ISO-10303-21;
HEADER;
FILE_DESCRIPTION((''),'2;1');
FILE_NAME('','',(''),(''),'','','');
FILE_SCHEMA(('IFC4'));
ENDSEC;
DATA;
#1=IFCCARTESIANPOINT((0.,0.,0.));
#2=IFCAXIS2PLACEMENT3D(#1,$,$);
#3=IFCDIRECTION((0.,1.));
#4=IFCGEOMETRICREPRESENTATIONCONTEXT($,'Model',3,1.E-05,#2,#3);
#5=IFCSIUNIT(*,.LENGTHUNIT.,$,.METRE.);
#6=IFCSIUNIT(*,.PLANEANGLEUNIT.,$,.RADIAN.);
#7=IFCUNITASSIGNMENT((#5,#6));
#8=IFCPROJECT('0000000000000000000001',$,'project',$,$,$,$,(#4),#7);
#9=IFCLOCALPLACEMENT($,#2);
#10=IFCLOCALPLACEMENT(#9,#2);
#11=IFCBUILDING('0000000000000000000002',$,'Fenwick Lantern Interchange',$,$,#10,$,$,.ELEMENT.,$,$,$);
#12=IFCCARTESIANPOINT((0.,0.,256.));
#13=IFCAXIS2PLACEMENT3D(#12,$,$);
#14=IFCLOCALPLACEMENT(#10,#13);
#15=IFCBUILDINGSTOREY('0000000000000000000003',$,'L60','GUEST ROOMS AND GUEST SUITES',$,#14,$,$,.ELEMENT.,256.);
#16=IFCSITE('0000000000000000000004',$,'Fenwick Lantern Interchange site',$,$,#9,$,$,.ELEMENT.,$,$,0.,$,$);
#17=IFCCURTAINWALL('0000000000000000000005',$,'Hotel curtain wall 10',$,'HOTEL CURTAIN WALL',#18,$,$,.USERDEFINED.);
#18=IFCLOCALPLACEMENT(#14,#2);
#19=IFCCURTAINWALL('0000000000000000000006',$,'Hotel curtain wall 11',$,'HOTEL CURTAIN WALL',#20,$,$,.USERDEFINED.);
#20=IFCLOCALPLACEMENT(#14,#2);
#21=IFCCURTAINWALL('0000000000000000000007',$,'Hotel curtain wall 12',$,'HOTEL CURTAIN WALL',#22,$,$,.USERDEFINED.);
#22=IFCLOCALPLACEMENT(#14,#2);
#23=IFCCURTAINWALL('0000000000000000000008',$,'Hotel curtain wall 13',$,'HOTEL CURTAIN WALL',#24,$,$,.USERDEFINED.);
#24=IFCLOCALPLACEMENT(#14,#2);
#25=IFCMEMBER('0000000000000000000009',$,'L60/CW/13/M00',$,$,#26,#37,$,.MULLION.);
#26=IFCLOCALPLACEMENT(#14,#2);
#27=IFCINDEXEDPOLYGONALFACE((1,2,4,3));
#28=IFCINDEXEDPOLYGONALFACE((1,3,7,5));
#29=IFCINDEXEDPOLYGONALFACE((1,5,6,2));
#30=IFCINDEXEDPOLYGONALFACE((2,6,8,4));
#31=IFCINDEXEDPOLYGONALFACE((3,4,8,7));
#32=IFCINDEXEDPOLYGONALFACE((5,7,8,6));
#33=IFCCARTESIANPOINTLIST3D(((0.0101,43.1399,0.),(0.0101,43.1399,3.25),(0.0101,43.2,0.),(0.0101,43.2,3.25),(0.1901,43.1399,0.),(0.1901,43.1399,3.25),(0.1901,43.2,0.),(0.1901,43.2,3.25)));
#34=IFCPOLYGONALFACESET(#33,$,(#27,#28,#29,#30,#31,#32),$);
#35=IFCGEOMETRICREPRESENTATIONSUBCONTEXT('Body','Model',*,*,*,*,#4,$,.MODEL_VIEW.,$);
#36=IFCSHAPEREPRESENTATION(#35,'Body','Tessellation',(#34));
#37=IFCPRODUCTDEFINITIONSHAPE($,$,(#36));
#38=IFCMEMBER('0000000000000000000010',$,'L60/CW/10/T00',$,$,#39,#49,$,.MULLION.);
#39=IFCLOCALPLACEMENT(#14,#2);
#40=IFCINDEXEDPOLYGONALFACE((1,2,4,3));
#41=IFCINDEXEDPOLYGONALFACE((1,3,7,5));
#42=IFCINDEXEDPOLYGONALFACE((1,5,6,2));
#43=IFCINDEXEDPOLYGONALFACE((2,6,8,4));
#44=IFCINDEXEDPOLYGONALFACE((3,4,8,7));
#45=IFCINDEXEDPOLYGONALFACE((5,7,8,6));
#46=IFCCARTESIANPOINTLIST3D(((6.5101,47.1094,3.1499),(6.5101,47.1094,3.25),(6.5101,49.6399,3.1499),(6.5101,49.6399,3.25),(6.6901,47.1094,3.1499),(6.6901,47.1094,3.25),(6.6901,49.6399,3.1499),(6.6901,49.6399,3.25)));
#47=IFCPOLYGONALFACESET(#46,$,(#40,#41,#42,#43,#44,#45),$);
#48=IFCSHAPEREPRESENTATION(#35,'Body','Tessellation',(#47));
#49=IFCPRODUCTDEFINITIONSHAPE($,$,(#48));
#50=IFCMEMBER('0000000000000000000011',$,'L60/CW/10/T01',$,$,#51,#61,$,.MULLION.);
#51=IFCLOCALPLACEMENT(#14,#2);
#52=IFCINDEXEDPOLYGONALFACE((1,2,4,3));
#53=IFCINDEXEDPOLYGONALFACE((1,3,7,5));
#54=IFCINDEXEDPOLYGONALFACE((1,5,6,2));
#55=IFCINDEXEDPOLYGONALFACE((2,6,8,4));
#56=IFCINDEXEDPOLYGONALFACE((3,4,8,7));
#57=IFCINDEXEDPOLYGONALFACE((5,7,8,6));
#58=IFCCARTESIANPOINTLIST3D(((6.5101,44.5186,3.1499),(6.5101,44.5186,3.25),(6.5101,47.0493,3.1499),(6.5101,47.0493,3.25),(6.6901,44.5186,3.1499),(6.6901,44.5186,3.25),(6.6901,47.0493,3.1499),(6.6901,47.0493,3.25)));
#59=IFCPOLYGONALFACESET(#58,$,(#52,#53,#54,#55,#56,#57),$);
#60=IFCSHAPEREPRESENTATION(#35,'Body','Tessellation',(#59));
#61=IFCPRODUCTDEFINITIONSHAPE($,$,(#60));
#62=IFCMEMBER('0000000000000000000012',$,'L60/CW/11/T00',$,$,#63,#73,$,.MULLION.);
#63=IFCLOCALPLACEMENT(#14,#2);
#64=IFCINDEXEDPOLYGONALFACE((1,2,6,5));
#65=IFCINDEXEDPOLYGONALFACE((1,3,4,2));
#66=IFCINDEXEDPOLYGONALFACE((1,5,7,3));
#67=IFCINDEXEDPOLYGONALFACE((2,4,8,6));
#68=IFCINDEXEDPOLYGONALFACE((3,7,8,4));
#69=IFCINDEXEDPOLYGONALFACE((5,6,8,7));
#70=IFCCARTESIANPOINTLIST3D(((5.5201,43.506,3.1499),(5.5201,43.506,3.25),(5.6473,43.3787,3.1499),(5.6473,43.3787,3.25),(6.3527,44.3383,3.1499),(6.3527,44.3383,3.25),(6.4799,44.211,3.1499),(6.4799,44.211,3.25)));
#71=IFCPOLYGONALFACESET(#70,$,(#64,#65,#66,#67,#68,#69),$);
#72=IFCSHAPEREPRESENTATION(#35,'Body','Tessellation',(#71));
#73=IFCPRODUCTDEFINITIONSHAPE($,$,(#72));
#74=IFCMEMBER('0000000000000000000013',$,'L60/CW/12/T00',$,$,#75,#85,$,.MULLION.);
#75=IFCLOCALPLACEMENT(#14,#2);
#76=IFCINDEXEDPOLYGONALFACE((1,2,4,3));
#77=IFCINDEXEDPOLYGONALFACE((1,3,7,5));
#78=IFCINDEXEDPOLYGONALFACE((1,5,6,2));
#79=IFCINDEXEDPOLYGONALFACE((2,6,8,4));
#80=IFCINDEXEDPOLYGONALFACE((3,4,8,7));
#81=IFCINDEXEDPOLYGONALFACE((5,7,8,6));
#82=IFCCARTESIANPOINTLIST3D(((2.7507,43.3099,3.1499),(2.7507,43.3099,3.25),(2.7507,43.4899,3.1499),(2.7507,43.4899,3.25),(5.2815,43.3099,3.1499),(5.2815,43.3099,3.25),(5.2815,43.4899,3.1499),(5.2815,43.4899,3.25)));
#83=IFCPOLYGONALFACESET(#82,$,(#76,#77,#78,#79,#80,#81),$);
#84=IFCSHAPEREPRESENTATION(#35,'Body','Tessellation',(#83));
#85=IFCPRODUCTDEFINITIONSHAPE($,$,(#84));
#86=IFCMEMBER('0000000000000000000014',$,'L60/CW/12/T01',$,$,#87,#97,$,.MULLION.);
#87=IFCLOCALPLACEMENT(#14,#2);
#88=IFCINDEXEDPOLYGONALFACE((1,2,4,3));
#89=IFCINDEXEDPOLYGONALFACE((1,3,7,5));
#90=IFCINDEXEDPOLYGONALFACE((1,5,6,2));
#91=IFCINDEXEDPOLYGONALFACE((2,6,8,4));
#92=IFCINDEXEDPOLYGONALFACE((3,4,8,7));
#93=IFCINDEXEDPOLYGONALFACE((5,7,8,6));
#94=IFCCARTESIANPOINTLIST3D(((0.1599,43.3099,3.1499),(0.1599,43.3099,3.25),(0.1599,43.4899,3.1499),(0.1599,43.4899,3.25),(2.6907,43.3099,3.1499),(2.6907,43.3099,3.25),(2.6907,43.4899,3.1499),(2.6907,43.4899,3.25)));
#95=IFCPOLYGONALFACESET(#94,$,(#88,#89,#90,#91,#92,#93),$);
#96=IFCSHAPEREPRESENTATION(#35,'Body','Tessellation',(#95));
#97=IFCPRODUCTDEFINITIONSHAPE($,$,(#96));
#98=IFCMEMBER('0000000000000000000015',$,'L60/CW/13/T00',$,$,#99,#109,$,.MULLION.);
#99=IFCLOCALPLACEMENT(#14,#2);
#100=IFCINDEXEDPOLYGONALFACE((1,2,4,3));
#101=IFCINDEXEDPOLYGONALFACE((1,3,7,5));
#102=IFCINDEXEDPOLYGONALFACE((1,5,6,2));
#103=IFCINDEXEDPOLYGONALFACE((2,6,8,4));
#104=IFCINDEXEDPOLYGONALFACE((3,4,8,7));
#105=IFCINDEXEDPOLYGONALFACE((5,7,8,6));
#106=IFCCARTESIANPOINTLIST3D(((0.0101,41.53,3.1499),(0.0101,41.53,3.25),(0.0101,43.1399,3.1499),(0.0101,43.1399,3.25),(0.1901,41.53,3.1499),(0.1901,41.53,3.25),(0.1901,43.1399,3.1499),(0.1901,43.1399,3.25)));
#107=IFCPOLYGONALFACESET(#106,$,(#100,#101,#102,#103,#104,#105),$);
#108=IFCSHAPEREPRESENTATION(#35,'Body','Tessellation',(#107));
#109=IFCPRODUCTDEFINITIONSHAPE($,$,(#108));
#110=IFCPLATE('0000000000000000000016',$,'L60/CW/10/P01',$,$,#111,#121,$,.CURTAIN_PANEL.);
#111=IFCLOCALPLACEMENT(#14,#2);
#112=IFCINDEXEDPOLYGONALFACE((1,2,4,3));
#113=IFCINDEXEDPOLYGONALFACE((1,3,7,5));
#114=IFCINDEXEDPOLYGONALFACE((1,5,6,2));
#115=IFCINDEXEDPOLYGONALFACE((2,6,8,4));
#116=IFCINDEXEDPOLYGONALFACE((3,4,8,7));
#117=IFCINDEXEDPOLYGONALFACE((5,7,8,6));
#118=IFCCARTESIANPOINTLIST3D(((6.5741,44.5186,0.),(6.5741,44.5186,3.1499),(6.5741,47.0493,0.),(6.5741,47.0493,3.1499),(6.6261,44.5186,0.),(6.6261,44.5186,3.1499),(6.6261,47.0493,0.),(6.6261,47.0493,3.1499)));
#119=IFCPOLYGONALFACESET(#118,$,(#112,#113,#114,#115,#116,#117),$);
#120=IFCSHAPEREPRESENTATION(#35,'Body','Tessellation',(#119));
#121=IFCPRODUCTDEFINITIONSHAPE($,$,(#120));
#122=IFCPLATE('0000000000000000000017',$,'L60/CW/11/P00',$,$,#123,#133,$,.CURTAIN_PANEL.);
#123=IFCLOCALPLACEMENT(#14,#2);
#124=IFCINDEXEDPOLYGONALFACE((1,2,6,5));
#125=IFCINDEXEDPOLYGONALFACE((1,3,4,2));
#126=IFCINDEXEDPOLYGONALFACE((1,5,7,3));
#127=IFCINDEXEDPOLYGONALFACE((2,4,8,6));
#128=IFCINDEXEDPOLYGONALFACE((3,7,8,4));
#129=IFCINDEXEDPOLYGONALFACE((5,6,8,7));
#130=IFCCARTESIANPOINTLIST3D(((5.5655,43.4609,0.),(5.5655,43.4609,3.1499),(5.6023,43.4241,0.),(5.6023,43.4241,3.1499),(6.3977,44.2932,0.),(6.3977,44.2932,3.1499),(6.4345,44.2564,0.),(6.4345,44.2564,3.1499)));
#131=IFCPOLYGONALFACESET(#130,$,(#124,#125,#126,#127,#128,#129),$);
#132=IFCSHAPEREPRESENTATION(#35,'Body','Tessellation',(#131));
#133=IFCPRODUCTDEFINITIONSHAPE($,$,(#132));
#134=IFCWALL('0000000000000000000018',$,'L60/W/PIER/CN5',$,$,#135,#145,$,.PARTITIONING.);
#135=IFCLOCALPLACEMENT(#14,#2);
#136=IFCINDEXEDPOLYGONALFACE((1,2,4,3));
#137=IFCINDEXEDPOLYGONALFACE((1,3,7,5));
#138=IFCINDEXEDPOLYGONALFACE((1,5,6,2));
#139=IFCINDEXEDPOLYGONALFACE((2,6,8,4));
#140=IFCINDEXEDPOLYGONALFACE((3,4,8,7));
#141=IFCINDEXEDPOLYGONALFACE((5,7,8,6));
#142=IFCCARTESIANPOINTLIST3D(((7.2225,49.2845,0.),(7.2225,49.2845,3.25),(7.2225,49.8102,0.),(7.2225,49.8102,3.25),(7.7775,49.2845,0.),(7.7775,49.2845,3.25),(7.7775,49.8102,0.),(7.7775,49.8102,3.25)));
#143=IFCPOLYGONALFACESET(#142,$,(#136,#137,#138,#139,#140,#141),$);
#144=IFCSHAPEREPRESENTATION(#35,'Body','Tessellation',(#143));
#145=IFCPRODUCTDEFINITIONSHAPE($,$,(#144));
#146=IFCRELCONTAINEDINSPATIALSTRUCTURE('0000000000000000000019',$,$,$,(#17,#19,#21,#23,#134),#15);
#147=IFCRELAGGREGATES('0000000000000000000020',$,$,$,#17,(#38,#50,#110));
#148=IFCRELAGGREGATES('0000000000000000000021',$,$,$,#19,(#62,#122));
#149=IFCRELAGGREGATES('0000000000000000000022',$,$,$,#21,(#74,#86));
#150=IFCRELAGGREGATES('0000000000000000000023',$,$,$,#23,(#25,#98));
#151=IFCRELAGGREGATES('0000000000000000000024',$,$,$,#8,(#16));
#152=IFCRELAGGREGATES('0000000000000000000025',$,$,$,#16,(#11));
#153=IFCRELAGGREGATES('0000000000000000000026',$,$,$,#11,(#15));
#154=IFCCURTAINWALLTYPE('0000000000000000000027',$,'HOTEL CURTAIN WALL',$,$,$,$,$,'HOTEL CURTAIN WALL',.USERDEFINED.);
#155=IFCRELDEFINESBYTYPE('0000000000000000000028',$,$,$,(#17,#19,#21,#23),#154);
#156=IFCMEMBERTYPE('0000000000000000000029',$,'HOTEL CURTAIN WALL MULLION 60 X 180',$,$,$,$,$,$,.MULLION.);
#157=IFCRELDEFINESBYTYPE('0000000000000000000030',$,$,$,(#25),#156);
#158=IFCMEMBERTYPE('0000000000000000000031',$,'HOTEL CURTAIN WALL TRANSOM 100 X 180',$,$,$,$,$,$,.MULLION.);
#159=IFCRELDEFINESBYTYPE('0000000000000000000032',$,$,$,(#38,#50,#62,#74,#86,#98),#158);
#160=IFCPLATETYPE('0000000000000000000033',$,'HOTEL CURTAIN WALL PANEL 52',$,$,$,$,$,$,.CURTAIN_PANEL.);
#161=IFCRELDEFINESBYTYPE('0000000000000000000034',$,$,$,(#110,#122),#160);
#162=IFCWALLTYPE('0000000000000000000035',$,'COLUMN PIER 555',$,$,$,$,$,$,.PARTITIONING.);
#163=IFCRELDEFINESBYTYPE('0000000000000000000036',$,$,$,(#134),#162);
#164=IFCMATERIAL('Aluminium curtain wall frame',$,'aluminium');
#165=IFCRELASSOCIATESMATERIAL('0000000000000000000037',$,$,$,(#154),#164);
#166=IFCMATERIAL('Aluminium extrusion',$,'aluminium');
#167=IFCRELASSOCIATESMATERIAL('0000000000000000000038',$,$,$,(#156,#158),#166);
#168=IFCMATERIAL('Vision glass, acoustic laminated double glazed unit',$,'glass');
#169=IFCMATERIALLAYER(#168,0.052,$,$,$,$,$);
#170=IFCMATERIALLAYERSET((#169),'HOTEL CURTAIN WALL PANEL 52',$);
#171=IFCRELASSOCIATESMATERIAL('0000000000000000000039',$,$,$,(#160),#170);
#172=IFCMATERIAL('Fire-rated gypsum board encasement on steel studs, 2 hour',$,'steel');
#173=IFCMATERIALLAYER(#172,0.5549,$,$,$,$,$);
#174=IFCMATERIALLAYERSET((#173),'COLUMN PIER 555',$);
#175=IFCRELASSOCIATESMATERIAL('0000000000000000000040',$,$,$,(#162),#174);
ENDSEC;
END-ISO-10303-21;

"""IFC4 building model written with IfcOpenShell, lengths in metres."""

from ifc_helpers import new_model, si_unit, direction, frame, frame_2d, origin, origin_2d, place, context, subcontext, project, spatial, rectangle, extrude, material, layer, layer_set, material_profile, profile_set, type_object, element, aggregate, save


model = new_model("IFC4")

# Units and contexts
model_context = context("Model", 3, precision=1e-05, world=origin(), true_north=direction((0.0, 1.0)))
body_context = subcontext(model_context, "Body", "Model", "MODEL_VIEW")
ifc_project = project(units=[si_unit("LENGTHUNIT", "METRE"), si_unit("PLANEANGLEUNIT", "RADIAN")], contexts=[model_context])

# Site, building, storey
site_placement = place(None, origin())
site = spatial("IfcSite", under=ifc_project, at=site_placement, Name="Fenwick Lantern Interchange site", CompositionType="ELEMENT", RefElevation=0.0)
building_placement = place(site_placement, origin())
building = spatial("IfcBuilding", under=site, at=building_placement, Name="Fenwick Lantern Interchange", CompositionType="ELEMENT")
storey_placement = place(building_placement, frame((0.0, 0.0, 256.0)))
storey = spatial("IfcBuildingStorey", under=building, at=storey_placement, Name="L60", Description="GUEST ROOMS AND GUEST SUITES", CompositionType="ELEMENT", Elevation=256.0)

# Shared definitions
ifc_material_1 = material(Name="Aluminium curtain wall frame", Category="aluminium")
curtain_wall_type = type_object("IfcCurtainWallType", Name="HOTEL CURTAIN WALL", ElementType="HOTEL CURTAIN WALL", PredefinedType="USERDEFINED", material=ifc_material_1)
ifc_material_2 = material(Name="Aluminium extrusion", Category="aluminium")
ifc_material_profile_1 = material_profile(ifc_material_2, rectangle(XDim=0.1799, YDim=0.0601, at=origin_2d()), Name="HOTEL CURTAIN WALL MULLION 60 X 180")
ifc_profile_set_1 = profile_set([ifc_material_profile_1], Name="Aluminium extrusion")
member_type_1 = type_object("IfcMemberType", Name="HOTEL CURTAIN WALL MULLION 60 X 180", PredefinedType="MULLION", material=ifc_profile_set_1)

# Curtain walls
curtain_wall_1_placement = place(storey_placement, origin())
curtain_wall_1 = element("IfcCurtainWall", 1, at=curtain_wall_1_placement, inside=storey, type_object=curtain_wall_type, Name="Hotel curtain wall 10", ObjectType="HOTEL CURTAIN WALL", PredefinedType="USERDEFINED")
curtain_wall_2_placement = place(storey_placement, origin())
curtain_wall_2 = element("IfcCurtainWall", 2, at=curtain_wall_2_placement, inside=storey, type_object=curtain_wall_type, Name="Hotel curtain wall 11", ObjectType="HOTEL CURTAIN WALL", PredefinedType="USERDEFINED")
curtain_wall_3_placement = place(storey_placement, origin())
curtain_wall_3 = element("IfcCurtainWall", 3, at=curtain_wall_3_placement, inside=storey, type_object=curtain_wall_type, Name="Hotel curtain wall 12", ObjectType="HOTEL CURTAIN WALL", PredefinedType="USERDEFINED")

# Curtain wall, member
curtain_wall_4_placement = place(storey_placement, origin())
curtain_wall_4 = element("IfcCurtainWall", 4, at=curtain_wall_4_placement, inside=storey, type_object=curtain_wall_type, Name="Hotel curtain wall 13", ObjectType="HOTEL CURTAIN WALL", PredefinedType="USERDEFINED")
member_1_placement = place(storey_placement, frame((0.1001, 43.1699, 0.0), z_axis=(0.0, 0.0, 1.0), x_axis=(1.0, 0.0, 0.0)))
member_1 = element("IfcMember", 5, at=member_1_placement, type_object=member_type_1, Name="L60/CW/13/M00", PredefinedType="MULLION", context=body_context, shape_type="SweptSolid", body=[
    extrude(rectangle(XDim=0.1799, YDim=0.0601, at=origin_2d()), origin(), (0.0, 0.0, 1.0), 3.25),
])

# Members
ifc_material_profile_2 = material_profile(ifc_material_2, rectangle(XDim=0.1799, YDim=0.1001, at=origin_2d()), Name="HOTEL CURTAIN WALL TRANSOM 100 X 180")
ifc_profile_set_2 = profile_set([ifc_material_profile_2], Name="Aluminium extrusion")
member_type_2 = type_object("IfcMemberType", Name="HOTEL CURTAIN WALL TRANSOM 100 X 180", PredefinedType="MULLION", material=ifc_profile_set_2)
member_2_placement = place(storey_placement, frame((6.6001, 49.6399, 3.2), z_axis=(0.0, -1.0, 0.0), x_axis=(1.0, 0.0, 0.0)))
member_2 = element("IfcMember", 6, at=member_2_placement, type_object=member_type_2, Name="L60/CW/10/T00", PredefinedType="MULLION", context=body_context, shape_type="SweptSolid", body=[
    extrude(rectangle(XDim=0.1799, YDim=0.1001, at=origin_2d()), origin(), (0.0, 0.0, 1.0), 2.5305),
])
member_3_placement = place(storey_placement, frame((6.6001, 47.0493, 3.2), z_axis=(0.0, -1.0, 0.0), x_axis=(1.0, 0.0, 0.0)))
member_3 = element("IfcMember", 7, at=member_3_placement, type_object=member_type_2, Name="L60/CW/10/T01", PredefinedType="MULLION", context=body_context, shape_type="SweptSolid", body=[
    extrude(rectangle(XDim=0.1799, YDim=0.1001, at=origin_2d()), origin(), (0.0, 0.0, 1.0), 2.5308),
])
member_4_placement = place(storey_placement, frame((6.4163, 44.2747, 3.2), z_axis=(-0.70721, -0.707003, 0.0), x_axis=(0.707003, -0.70721, 0.0)))
member_4 = element("IfcMember", 8, at=member_4_placement, type_object=member_type_2, Name="L60/CW/11/T00", PredefinedType="MULLION", context=body_context, shape_type="SweptSolid", body=[
    extrude(rectangle(XDim=0.1799, YDim=0.1001, at=origin_2d()), origin(), (0.0, 0.0, 1.0), 1.1772),
])
member_5_placement = place(storey_placement, frame((5.2815, 43.3999, 3.2), z_axis=(-1.0, 0.0, 0.0), x_axis=(0.0, -1.0, 0.0)))
member_5 = element("IfcMember", 9, at=member_5_placement, type_object=member_type_2, Name="L60/CW/12/T00", PredefinedType="MULLION", context=body_context, shape_type="SweptSolid", body=[
    extrude(rectangle(XDim=0.1799, YDim=0.1001, at=origin_2d()), origin(), (0.0, 0.0, 1.0), 2.5308),
])
member_6_placement = place(storey_placement, frame((2.6907, 43.3999, 3.2), z_axis=(-1.0, 0.0, 0.0), x_axis=(0.0, -1.0, 0.0)))
member_6 = element("IfcMember", 10, at=member_6_placement, type_object=member_type_2, Name="L60/CW/12/T01", PredefinedType="MULLION", context=body_context, shape_type="SweptSolid", body=[
    extrude(rectangle(XDim=0.1799, YDim=0.1001, at=origin_2d()), origin(), (0.0, 0.0, 1.0), 2.5308),
])
member_7_placement = place(storey_placement, frame((0.1001, 43.1399, 3.2), z_axis=(0.0, -1.0, 0.0), x_axis=(1.0, 0.0, 0.0)))
member_7 = element("IfcMember", 11, at=member_7_placement, type_object=member_type_2, Name="L60/CW/13/T00", PredefinedType="MULLION", context=body_context, shape_type="SweptSolid", body=[
    extrude(rectangle(XDim=0.1799, YDim=0.1001, at=origin_2d()), origin(), (0.0, 0.0, 1.0), 1.6099),
])

# Plates
ifc_material_3 = material(Name="Vision glass, acoustic laminated double glazed unit", Category="glass")
ifc_layer_1 = layer(ifc_material_3, 0.052)
ifc_layer_set_1 = layer_set([ifc_layer_1], Name="HOTEL CURTAIN WALL PANEL 52")
plate_type = type_object("IfcPlateType", Name="HOTEL CURTAIN WALL PANEL 52", PredefinedType="CURTAIN_PANEL", material=ifc_layer_set_1)
plate_1_placement = place(storey_placement, frame((6.6001, 45.7839, 0.0), z_axis=(0.0, 0.0, 1.0), x_axis=(0.0, -1.0, 0.0)))
plate_1 = element("IfcPlate", 12, at=plate_1_placement, type_object=plate_type, Name="L60/CW/10/P01", PredefinedType="CURTAIN_PANEL", context=body_context, shape_type="SweptSolid", body=[
    extrude(rectangle(XDim=2.5308, YDim=0.052, at=origin_2d()), origin(), (0.0, 0.0, 1.0), 3.1499),
])
aggregate(curtain_wall_1, [member_2, member_3, plate_1])
plate_2_placement = place(storey_placement, frame((6.0, 43.8586, 0.0), z_axis=(0.0, 0.0, 1.0), x_axis=(-0.707107, -0.707107, 0.0)))
plate_2 = element("IfcPlate", 13, at=plate_2_placement, type_object=plate_type, Name="L60/CW/11/P00", PredefinedType="CURTAIN_PANEL", context=body_context, shape_type="SweptSolid", body=[
    extrude(rectangle(XDim=1.177, YDim=0.052, at=origin_2d()), origin(), (0.0, 0.0, 1.0), 3.1499),
])
aggregate(curtain_wall_2, [member_4, plate_2])
aggregate(curtain_wall_3, [member_5, member_6])
aggregate(curtain_wall_4, [member_1, member_7])

# Wall
ifc_material_4 = material(Name="Fire-rated gypsum board encasement on steel studs, 2 hour", Category="steel")
ifc_layer_2 = layer(ifc_material_4, 0.5549)
ifc_layer_set_2 = layer_set([ifc_layer_2], Name="COLUMN PIER 555")
wall_type = type_object("IfcWallType", Name="COLUMN PIER 555", PredefinedType="PARTITIONING", material=ifc_layer_set_2)
wall_placement = place(storey_placement, frame((7.5, 49.8101, 0.0), z_axis=(0.0, 0.0, 1.0), x_axis=(0.0, -1.0, 0.0)))
element("IfcWall", 14, at=wall_placement, inside=storey, type_object=wall_type, Name="L60/W/PIER/CN5", PredefinedType="PARTITIONING", context=body_context, shape_type="SweptSolid", body=[
    extrude(rectangle(XDim=0.5256, YDim=0.5549, at=frame_2d((0.2627, 0.0))), origin(), (0.0, 0.0, 1.0), 3.25),
])

save(model, "model.ifc")
